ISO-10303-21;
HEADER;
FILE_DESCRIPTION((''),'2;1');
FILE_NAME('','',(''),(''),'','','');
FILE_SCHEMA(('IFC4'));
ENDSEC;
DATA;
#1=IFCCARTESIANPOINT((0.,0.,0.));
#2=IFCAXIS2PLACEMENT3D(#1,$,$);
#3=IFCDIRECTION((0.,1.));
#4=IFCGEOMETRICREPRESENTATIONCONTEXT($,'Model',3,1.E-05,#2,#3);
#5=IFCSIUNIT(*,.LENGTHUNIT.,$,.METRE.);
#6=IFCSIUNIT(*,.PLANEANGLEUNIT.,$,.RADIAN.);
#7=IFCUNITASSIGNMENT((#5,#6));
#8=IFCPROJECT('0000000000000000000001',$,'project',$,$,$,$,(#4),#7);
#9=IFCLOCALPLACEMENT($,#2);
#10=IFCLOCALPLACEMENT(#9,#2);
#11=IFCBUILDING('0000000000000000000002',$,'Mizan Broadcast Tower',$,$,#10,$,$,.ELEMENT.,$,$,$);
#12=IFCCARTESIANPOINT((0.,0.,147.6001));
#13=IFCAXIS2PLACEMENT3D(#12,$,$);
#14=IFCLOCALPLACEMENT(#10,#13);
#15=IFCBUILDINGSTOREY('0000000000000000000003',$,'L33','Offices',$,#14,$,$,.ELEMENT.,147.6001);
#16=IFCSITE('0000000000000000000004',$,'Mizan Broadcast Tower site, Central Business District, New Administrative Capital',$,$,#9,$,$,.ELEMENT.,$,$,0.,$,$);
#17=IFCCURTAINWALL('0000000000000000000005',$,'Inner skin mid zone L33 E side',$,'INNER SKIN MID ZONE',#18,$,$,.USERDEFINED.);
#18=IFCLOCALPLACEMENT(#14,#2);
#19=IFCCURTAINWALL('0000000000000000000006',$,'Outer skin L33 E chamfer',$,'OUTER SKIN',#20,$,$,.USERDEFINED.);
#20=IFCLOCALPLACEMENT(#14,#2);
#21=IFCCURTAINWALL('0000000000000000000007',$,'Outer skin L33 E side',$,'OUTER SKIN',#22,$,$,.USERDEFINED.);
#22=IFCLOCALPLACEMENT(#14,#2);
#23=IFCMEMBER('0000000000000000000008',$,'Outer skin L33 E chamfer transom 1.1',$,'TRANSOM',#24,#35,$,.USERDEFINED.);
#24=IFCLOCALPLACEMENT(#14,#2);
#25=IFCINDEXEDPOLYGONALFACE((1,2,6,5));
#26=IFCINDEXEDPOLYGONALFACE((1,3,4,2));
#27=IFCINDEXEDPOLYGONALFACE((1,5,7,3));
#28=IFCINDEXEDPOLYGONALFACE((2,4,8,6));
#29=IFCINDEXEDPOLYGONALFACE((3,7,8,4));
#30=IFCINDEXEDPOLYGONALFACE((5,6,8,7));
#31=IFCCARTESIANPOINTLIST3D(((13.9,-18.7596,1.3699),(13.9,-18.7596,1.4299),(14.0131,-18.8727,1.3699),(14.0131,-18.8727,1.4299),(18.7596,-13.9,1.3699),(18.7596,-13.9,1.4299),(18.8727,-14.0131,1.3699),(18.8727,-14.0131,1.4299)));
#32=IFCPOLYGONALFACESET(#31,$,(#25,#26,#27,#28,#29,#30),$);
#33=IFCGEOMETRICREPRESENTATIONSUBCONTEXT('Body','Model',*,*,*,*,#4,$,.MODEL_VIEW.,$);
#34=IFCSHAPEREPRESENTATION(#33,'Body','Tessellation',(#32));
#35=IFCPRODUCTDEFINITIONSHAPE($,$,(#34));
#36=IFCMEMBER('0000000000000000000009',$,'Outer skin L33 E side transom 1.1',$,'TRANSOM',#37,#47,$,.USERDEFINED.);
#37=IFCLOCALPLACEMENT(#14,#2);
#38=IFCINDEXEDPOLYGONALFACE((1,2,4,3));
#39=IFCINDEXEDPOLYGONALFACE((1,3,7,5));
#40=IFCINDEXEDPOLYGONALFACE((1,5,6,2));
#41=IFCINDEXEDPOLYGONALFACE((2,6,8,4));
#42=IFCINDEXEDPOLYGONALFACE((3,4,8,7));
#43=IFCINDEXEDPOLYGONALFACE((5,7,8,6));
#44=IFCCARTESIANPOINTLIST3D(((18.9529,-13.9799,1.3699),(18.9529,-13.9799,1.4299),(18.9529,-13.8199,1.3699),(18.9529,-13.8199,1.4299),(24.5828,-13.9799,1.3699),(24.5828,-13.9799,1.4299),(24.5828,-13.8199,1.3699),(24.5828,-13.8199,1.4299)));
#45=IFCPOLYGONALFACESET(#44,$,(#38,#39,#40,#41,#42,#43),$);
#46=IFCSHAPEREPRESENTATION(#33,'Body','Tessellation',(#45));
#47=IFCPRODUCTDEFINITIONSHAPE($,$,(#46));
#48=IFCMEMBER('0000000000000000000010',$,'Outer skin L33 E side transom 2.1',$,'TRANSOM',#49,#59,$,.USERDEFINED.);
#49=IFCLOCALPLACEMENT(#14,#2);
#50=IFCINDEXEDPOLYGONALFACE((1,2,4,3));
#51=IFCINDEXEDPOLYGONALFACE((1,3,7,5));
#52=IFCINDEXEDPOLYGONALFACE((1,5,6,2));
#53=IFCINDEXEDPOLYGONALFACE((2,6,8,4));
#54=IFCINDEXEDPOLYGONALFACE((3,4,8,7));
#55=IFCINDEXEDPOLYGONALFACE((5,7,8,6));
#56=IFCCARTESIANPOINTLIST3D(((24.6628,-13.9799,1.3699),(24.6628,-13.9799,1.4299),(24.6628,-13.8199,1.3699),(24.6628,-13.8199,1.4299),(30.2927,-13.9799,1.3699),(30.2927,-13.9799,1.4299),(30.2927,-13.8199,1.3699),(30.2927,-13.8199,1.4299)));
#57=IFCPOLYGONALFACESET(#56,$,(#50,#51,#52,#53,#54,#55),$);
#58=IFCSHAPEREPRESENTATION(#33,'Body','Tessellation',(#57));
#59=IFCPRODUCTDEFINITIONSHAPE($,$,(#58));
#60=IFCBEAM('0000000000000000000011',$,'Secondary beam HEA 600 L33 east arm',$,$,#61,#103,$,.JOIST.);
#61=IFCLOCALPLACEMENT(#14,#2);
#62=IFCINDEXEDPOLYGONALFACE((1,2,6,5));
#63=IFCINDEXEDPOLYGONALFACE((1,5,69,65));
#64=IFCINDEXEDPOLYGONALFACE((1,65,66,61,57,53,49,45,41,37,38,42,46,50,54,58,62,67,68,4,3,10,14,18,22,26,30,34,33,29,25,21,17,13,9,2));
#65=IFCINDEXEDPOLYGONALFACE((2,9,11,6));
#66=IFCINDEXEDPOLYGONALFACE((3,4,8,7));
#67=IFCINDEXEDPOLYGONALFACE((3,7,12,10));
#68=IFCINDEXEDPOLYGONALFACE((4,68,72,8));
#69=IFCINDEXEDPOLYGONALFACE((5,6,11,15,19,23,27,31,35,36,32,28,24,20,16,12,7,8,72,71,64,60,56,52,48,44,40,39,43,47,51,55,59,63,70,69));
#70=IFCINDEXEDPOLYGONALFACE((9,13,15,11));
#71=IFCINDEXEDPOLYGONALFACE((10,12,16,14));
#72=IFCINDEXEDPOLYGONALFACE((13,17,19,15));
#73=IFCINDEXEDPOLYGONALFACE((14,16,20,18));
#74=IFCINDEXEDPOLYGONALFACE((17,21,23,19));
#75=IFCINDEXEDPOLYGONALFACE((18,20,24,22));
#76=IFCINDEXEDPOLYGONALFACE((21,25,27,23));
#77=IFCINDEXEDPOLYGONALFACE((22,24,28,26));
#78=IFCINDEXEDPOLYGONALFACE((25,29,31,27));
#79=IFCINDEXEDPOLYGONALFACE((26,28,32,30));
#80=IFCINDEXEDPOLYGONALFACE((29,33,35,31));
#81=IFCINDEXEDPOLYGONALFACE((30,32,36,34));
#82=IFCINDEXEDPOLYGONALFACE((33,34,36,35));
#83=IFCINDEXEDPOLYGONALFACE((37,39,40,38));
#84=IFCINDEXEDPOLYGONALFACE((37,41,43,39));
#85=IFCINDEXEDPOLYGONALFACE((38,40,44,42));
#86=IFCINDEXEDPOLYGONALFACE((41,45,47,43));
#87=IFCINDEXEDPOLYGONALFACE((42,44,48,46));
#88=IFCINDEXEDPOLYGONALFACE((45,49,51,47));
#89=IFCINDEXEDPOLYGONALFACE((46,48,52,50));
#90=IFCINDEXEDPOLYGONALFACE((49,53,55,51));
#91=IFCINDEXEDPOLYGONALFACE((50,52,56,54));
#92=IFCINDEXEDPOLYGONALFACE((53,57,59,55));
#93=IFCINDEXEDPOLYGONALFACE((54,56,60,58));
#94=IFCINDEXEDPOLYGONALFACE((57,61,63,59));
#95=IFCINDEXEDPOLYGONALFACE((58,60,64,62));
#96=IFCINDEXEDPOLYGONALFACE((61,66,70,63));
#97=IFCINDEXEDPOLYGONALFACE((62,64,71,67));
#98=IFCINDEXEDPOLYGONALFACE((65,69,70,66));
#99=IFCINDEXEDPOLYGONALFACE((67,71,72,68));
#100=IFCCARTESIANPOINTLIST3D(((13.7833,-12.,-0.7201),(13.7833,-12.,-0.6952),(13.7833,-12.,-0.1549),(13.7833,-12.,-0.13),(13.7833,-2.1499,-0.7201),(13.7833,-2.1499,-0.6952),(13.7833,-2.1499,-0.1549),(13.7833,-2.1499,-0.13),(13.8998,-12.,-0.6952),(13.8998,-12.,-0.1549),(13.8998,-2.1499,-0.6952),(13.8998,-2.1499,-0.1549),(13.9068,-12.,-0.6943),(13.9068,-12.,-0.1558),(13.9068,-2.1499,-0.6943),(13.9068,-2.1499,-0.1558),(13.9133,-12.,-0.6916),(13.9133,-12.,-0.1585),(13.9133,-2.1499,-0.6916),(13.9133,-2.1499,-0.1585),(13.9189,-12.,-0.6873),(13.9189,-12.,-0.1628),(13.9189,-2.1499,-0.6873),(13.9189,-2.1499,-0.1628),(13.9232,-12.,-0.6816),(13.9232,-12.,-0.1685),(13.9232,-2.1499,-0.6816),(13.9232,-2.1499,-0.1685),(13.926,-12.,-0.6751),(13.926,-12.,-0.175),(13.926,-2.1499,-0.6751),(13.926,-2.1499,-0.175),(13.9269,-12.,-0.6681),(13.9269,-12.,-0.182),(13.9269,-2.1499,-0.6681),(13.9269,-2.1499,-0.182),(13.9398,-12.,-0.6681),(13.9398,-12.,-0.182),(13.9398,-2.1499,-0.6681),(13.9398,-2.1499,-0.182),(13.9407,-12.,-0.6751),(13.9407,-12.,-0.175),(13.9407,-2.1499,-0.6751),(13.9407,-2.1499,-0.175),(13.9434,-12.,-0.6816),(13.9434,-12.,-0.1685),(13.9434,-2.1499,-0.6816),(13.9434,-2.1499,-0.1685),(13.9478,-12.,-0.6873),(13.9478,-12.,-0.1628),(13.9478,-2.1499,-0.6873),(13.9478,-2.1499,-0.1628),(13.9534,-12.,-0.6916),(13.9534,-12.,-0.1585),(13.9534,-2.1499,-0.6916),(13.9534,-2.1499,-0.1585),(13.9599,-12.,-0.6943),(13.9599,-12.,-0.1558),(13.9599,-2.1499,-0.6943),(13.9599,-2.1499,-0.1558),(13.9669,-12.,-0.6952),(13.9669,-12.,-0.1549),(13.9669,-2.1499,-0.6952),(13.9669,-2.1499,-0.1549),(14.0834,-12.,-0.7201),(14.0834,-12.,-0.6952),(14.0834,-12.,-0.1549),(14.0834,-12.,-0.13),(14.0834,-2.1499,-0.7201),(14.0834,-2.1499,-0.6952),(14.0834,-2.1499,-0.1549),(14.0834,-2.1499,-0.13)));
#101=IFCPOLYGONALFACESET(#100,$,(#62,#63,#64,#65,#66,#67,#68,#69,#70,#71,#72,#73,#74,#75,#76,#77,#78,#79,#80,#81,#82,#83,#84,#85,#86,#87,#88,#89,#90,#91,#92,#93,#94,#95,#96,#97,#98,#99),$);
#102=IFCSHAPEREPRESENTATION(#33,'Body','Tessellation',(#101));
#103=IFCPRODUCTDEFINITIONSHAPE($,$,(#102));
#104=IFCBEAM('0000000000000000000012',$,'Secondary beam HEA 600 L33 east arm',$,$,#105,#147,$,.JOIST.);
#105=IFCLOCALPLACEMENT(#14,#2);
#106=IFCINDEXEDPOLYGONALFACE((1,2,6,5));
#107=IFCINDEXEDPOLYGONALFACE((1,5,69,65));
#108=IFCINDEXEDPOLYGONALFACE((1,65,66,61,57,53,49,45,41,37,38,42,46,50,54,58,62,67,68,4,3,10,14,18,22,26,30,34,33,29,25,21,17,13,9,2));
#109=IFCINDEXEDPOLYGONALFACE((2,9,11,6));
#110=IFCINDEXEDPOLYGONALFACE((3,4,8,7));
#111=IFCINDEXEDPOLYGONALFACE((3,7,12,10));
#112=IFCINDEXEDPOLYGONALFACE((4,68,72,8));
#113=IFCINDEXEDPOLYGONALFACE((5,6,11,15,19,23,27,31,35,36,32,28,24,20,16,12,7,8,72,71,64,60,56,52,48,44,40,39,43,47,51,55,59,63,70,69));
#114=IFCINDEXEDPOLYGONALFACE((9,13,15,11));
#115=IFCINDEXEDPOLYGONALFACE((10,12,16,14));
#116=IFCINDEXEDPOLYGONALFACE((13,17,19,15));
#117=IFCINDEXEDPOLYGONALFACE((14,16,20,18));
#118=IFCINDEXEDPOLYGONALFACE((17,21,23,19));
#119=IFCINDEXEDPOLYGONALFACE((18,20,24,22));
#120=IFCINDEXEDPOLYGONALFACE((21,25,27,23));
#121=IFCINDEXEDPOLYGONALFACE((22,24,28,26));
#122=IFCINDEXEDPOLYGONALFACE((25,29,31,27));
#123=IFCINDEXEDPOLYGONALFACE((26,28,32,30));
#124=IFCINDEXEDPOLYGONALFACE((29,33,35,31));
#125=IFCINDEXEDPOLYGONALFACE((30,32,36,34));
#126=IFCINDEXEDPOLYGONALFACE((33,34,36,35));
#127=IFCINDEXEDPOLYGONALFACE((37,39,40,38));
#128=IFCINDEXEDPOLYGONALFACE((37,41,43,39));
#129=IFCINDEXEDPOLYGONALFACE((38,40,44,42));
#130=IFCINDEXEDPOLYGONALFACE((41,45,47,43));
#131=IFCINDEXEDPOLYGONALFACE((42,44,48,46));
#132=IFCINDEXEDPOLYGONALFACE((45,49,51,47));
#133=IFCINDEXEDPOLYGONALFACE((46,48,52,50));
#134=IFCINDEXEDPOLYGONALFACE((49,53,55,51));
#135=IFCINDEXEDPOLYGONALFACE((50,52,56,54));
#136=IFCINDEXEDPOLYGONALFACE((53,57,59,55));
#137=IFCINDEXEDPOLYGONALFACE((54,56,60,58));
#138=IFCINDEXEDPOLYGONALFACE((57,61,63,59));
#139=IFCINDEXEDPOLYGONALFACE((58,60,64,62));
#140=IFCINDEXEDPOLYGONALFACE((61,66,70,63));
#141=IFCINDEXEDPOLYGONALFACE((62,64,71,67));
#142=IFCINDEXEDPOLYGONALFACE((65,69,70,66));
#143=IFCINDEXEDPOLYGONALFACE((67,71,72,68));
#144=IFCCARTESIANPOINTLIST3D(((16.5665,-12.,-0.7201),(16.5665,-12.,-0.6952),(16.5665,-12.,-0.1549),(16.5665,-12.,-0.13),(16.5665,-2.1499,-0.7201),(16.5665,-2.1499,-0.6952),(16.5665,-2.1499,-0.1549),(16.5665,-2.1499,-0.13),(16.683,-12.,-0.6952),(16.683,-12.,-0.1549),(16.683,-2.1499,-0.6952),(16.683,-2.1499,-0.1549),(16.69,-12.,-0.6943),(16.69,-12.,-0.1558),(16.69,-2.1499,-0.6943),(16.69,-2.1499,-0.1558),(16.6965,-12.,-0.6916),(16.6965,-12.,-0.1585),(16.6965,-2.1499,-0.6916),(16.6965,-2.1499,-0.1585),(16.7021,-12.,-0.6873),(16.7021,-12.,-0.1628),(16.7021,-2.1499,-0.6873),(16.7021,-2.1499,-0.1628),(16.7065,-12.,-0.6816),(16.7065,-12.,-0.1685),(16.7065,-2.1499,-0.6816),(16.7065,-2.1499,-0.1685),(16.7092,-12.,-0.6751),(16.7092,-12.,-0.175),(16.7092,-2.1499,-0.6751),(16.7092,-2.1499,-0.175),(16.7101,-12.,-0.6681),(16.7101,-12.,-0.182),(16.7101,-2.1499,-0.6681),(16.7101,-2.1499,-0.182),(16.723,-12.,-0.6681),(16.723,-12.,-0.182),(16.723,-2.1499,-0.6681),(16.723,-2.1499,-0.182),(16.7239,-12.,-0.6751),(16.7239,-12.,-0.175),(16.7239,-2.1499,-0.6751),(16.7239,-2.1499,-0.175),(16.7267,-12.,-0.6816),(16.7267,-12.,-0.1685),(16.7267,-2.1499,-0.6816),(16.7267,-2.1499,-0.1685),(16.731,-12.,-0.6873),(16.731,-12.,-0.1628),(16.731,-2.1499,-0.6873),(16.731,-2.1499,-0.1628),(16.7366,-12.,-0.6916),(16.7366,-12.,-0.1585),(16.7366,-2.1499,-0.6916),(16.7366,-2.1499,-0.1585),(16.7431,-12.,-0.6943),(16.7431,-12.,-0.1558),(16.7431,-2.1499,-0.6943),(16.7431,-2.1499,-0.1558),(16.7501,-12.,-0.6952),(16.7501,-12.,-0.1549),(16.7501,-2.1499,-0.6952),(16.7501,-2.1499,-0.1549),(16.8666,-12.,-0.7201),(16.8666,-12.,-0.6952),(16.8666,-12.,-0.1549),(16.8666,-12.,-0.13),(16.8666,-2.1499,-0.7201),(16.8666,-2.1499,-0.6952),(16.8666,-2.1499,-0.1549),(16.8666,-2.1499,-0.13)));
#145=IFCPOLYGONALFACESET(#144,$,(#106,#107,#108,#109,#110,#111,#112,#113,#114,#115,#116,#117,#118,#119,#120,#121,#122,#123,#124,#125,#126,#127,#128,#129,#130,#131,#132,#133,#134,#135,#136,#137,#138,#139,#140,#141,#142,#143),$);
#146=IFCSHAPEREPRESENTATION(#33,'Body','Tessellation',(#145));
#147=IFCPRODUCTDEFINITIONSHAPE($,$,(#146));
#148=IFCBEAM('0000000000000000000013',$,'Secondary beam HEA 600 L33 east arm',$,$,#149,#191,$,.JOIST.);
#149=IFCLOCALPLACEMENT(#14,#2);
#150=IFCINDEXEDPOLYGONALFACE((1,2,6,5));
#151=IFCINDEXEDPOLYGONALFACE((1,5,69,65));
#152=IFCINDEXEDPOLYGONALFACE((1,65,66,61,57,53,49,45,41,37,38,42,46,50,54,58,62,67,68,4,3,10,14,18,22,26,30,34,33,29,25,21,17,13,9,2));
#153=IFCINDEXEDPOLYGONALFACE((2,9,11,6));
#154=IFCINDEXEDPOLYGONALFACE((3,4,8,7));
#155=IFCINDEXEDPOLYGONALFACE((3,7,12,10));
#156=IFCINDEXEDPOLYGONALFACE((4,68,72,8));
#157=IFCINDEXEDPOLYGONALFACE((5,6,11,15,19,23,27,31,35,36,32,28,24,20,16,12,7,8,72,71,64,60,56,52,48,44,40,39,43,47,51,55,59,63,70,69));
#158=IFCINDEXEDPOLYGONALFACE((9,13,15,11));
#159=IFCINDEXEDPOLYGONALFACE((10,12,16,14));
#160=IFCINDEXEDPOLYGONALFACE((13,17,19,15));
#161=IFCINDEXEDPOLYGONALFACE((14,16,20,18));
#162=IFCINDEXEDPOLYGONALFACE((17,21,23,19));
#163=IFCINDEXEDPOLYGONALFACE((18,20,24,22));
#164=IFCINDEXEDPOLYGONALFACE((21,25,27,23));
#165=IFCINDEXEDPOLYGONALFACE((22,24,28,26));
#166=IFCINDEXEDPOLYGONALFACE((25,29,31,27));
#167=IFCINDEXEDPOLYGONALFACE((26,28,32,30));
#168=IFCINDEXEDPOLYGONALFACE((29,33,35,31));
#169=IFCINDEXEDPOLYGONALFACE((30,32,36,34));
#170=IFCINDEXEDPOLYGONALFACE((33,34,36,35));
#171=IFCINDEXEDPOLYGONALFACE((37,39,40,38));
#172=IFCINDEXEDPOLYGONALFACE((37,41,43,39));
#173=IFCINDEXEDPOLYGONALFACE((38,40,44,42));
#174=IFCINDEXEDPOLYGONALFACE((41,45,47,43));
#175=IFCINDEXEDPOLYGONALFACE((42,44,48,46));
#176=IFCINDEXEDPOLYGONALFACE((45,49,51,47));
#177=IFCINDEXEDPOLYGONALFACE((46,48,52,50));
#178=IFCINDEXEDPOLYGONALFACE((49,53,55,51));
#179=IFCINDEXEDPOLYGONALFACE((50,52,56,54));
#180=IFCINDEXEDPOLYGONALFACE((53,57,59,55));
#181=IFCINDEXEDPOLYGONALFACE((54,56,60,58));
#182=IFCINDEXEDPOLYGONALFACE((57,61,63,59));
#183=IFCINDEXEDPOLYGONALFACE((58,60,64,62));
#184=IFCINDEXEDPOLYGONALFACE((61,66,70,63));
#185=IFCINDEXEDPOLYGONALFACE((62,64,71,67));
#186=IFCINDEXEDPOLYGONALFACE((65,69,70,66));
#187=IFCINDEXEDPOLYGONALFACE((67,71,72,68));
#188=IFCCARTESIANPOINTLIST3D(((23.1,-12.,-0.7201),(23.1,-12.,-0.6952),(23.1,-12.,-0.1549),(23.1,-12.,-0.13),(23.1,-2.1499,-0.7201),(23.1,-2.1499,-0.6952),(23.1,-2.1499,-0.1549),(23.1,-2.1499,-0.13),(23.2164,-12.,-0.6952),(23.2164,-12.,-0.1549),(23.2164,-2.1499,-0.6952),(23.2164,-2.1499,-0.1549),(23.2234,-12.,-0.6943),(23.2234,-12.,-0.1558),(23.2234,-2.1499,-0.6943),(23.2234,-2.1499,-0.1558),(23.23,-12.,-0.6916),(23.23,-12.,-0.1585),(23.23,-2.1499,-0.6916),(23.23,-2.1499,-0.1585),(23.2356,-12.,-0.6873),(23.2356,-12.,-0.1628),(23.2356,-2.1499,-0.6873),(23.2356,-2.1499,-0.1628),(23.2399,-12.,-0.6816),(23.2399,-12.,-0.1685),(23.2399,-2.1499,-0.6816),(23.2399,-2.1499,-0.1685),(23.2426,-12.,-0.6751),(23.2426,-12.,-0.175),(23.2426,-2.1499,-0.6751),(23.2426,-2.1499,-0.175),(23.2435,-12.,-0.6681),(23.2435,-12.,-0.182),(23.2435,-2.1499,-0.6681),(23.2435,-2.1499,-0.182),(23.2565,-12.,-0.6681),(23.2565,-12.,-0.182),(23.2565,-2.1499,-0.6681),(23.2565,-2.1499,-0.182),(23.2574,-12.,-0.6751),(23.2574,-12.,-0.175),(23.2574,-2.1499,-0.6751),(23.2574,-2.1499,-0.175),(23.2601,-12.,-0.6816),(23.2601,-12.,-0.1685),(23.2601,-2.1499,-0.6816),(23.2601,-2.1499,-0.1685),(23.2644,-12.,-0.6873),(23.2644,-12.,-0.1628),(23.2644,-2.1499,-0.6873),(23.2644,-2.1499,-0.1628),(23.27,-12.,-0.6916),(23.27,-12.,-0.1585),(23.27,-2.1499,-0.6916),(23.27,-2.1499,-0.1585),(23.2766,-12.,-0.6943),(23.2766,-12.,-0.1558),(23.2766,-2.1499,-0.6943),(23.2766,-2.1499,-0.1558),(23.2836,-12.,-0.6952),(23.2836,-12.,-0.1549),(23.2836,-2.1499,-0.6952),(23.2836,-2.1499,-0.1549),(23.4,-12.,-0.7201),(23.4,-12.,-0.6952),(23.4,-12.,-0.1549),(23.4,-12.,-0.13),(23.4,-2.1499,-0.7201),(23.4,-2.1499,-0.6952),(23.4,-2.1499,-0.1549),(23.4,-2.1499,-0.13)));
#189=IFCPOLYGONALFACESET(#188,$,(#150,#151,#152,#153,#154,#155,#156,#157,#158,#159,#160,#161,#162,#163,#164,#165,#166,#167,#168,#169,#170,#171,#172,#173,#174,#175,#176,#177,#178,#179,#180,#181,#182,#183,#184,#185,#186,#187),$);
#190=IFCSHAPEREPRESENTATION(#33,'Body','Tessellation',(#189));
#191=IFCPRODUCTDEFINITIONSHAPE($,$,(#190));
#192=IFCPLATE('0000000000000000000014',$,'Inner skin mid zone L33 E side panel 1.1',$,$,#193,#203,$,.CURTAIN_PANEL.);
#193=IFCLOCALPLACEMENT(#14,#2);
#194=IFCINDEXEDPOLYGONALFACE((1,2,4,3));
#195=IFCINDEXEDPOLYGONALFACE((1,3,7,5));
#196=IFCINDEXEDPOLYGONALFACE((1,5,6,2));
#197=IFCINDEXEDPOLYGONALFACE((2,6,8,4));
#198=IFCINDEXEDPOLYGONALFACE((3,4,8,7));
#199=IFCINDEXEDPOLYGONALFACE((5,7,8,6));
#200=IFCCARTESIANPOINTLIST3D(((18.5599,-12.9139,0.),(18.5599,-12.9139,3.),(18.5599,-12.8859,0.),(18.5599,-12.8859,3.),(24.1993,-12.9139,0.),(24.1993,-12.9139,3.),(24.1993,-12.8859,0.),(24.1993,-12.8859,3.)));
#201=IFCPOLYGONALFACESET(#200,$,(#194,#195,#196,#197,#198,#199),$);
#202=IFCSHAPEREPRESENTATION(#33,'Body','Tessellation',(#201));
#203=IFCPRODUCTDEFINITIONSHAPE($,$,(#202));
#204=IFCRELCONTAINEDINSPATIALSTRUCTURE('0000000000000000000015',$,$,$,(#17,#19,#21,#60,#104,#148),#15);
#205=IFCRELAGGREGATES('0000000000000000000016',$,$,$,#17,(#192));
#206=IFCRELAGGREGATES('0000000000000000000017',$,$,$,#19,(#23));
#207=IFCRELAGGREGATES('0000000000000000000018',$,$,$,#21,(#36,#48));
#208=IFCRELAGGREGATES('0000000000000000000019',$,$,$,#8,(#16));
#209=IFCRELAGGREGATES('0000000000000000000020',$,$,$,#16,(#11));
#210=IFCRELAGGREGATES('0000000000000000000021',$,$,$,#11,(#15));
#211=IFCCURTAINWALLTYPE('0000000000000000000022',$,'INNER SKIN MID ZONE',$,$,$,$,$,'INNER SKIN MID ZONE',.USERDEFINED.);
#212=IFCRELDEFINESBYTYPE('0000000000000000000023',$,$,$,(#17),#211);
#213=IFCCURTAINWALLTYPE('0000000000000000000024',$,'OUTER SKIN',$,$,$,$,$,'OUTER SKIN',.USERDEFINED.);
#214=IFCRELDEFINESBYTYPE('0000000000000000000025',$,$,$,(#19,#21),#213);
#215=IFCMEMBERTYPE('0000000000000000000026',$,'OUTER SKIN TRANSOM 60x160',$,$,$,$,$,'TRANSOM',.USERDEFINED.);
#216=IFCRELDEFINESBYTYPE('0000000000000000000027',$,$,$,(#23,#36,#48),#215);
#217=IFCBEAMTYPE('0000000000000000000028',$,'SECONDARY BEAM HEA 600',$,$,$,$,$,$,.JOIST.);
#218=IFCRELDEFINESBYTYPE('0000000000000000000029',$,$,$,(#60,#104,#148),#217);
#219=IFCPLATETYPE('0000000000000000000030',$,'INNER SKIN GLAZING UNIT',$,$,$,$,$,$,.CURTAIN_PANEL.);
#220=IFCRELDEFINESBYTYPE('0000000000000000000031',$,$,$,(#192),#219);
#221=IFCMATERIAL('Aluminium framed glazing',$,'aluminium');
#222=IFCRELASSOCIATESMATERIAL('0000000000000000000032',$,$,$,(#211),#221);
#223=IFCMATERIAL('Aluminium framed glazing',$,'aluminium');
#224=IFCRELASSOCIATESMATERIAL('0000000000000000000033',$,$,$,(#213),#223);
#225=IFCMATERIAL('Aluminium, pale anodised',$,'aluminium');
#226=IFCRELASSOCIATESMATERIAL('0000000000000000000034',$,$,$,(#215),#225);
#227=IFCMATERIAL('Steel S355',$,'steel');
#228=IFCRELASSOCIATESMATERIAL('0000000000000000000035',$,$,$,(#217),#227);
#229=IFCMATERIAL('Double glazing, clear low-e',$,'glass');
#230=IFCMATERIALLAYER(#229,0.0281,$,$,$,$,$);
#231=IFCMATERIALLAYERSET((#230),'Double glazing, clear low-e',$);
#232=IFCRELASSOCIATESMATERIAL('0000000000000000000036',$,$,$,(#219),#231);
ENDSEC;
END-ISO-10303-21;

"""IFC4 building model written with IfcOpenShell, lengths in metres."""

from ifc_helpers import new_model, si_unit, direction, frame, origin, origin_2d, place, context, subcontext, project, spatial, rectangle, i_section, extrude, material, layer, layer_set, material_profile, profile_set, type_object, element, aggregate, save


model = new_model("IFC4")

# Units and contexts
model_context = context("Model", 3, precision=1e-05, world=origin(), true_north=direction((0.0, 1.0)))
body_context = subcontext(model_context, "Body", "Model", "MODEL_VIEW")
ifc_project = project(units=[si_unit("LENGTHUNIT", "METRE"), si_unit("PLANEANGLEUNIT", "RADIAN")], contexts=[model_context])

# Site, building, storey
site_placement = place(None, origin())
site = spatial("IfcSite", under=ifc_project, at=site_placement, Name="Mizan Broadcast Tower site, Central Business District, New Administrative Capital", CompositionType="ELEMENT", RefElevation=0.0)
building_placement = place(site_placement, origin())
building = spatial("IfcBuilding", under=site, at=building_placement, Name="Mizan Broadcast Tower", CompositionType="ELEMENT")
storey_placement = place(building_placement, frame((0.0, 0.0, 147.6001)))
storey = spatial("IfcBuildingStorey", under=building, at=storey_placement, Name="L33", Description="Offices", CompositionType="ELEMENT", Elevation=147.6001)

# Curtain wall
ifc_material_1 = material(Name="Aluminium framed glazing", Category="aluminium")
curtain_wall_type_1 = type_object("IfcCurtainWallType", Name="INNER SKIN MID ZONE", ElementType="INNER SKIN MID ZONE", PredefinedType="USERDEFINED", material=ifc_material_1)
curtain_wall_1_placement = place(storey_placement, origin())
curtain_wall_1 = element("IfcCurtainWall", 1, at=curtain_wall_1_placement, inside=storey, type_object=curtain_wall_type_1, Name="Inner skin mid zone L33 E side", ObjectType="INNER SKIN MID ZONE", PredefinedType="USERDEFINED")

# Curtain walls
ifc_material_2 = material(Name="Aluminium framed glazing", Category="aluminium")
curtain_wall_type_2 = type_object("IfcCurtainWallType", Name="OUTER SKIN", ElementType="OUTER SKIN", PredefinedType="USERDEFINED", material=ifc_material_2)
curtain_wall_2_placement = place(storey_placement, origin())
curtain_wall_2 = element("IfcCurtainWall", 2, at=curtain_wall_2_placement, inside=storey, type_object=curtain_wall_type_2, Name="Outer skin L33 E chamfer", ObjectType="OUTER SKIN", PredefinedType="USERDEFINED")
curtain_wall_3_placement = place(storey_placement, origin())
curtain_wall_3 = element("IfcCurtainWall", 3, at=curtain_wall_3_placement, inside=storey, type_object=curtain_wall_type_2, Name="Outer skin L33 E side", ObjectType="OUTER SKIN", PredefinedType="USERDEFINED")

# Members
ifc_material_3 = material(Name="Aluminium, pale anodised", Category="aluminium")
ifc_material_profile_1 = material_profile(ifc_material_3, rectangle(XDim=0.1599, YDim=0.0601, at=origin_2d()), Name="TRANSOM 160x60")
ifc_profile_set_1 = profile_set([ifc_material_profile_1], Name="Aluminium, pale anodised")
member_type_1 = type_object("IfcMemberType", Name="OUTER SKIN TRANSOM 60x160", ElementType="TRANSOM", PredefinedType="USERDEFINED", material=ifc_profile_set_1)
member_1_placement = place(storey_placement, frame((13.9565, -18.8162, 1.3999), z_axis=(0.707107, 0.707107, 0.0), x_axis=(-0.707107, 0.707107, 0.0)))
member_1 = element("IfcMember", 4, at=member_1_placement, type_object=member_type_1, Name="Outer skin L33 E chamfer transom 1.1", ObjectType="TRANSOM", PredefinedType="USERDEFINED", context=body_context, shape_type="SweptSolid", body=[
    extrude(rectangle(XDim=0.1599, YDim=0.0601, at=origin_2d()), origin(), (0.0, 0.0, 1.0), 6.8726),
])
member_2_placement = place(storey_placement, frame((18.9529, -13.8999, 1.3999), z_axis=(1.0, 0.0, 0.0), x_axis=(0.0, 1.0, 0.0)))
member_2 = element("IfcMember", 5, at=member_2_placement, type_object=member_type_1, Name="Outer skin L33 E side transom 1.1", ObjectType="TRANSOM", PredefinedType="USERDEFINED", context=body_context, shape_type="SweptSolid", body=[
    extrude(rectangle(XDim=0.1599, YDim=0.0601, at=origin_2d()), origin(), (0.0, 0.0, 1.0), 5.6299),
])
member_3_placement = place(storey_placement, frame((24.6628, -13.8999, 1.3999), z_axis=(1.0, 0.0, 0.0), x_axis=(0.0, 1.0, 0.0)))
member_3 = element("IfcMember", 6, at=member_3_placement, type_object=member_type_1, Name="Outer skin L33 E side transom 2.1", ObjectType="TRANSOM", PredefinedType="USERDEFINED", context=body_context, shape_type="SweptSolid", body=[
    extrude(rectangle(XDim=0.1599, YDim=0.0601, at=origin_2d()), origin(), (0.0, 0.0, 1.0), 5.6299),
])

# Beams
ifc_material_4 = material(Name="Steel S355", Category="steel")
ifc_material_profile_2 = material_profile(ifc_material_4, i_section(OverallWidth=0.3, OverallDepth=0.5901, WebThickness=0.0129, FlangeThickness=0.0249, FilletRadius=0.0271, at=origin_2d()), Name="HEA 600")
ifc_profile_set_2 = profile_set([ifc_material_profile_2], Name="Steel S355")
beam_type_1 = type_object("IfcBeamType", Name="SECONDARY BEAM HEA 600", PredefinedType="JOIST", material=ifc_profile_set_2)
for number, where, z_axis, x_axis, name in (
    (7, (13.9333, -12.0, -0.425), (0.0, 1.0, 0.0), (-1.0, 0.0, 0.0), "Secondary beam HEA 600 L33 east arm"),
    (8, (16.7166, -12.0, -0.425), (0.0, 1.0, 0.0), (-1.0, 0.0, 0.0), "Secondary beam HEA 600 L33 east arm"),
    (9, (23.25, -12.0, -0.425), (0.0, 1.0, 0.0), (-1.0, 0.0, 0.0), "Secondary beam HEA 600 L33 east arm"),
):
    element("IfcBeam", number, at=place(storey_placement, frame(where, z_axis=z_axis, x_axis=x_axis)), inside=storey, type_object=beam_type_1, Name=name, PredefinedType="JOIST", context=body_context, shape_type="SweptSolid", body=[
        extrude(i_section(OverallWidth=0.3, OverallDepth=0.5901, WebThickness=0.0129, FlangeThickness=0.0249, FilletRadius=0.0271, at=origin_2d()), origin(), (0.0, 0.0, 1.0), 9.8501),
    ])

# Plate
ifc_material_5 = material(Name="Double glazing, clear low-e", Category="glass")
ifc_layer_1 = layer(ifc_material_5, 0.0281)
ifc_layer_set_1 = layer_set([ifc_layer_1], Name="Double glazing, clear low-e")
plate_type_1 = type_object("IfcPlateType", Name="INNER SKIN GLAZING UNIT", PredefinedType="CURTAIN_PANEL", material=ifc_layer_set_1)
plate_1_placement = place(storey_placement, frame((21.3796, -12.8999, 0.0), z_axis=(0.0, 0.0, 1.0), x_axis=(1.0, 0.0, 0.0)))
plate_1 = element("IfcPlate", 10, at=plate_1_placement, type_object=plate_type_1, Name="Inner skin mid zone L33 E side panel 1.1", PredefinedType="CURTAIN_PANEL", context=body_context, shape_type="SweptSolid", body=[
    extrude(rectangle(XDim=5.6394, YDim=0.0281, at=origin_2d()), origin(), (0.0, 0.0, 1.0), 3.0),
])
aggregate(curtain_wall_1, [plate_1])
aggregate(curtain_wall_2, [member_1])
aggregate(curtain_wall_3, [member_2, member_3])

save(model, "model.ifc")
